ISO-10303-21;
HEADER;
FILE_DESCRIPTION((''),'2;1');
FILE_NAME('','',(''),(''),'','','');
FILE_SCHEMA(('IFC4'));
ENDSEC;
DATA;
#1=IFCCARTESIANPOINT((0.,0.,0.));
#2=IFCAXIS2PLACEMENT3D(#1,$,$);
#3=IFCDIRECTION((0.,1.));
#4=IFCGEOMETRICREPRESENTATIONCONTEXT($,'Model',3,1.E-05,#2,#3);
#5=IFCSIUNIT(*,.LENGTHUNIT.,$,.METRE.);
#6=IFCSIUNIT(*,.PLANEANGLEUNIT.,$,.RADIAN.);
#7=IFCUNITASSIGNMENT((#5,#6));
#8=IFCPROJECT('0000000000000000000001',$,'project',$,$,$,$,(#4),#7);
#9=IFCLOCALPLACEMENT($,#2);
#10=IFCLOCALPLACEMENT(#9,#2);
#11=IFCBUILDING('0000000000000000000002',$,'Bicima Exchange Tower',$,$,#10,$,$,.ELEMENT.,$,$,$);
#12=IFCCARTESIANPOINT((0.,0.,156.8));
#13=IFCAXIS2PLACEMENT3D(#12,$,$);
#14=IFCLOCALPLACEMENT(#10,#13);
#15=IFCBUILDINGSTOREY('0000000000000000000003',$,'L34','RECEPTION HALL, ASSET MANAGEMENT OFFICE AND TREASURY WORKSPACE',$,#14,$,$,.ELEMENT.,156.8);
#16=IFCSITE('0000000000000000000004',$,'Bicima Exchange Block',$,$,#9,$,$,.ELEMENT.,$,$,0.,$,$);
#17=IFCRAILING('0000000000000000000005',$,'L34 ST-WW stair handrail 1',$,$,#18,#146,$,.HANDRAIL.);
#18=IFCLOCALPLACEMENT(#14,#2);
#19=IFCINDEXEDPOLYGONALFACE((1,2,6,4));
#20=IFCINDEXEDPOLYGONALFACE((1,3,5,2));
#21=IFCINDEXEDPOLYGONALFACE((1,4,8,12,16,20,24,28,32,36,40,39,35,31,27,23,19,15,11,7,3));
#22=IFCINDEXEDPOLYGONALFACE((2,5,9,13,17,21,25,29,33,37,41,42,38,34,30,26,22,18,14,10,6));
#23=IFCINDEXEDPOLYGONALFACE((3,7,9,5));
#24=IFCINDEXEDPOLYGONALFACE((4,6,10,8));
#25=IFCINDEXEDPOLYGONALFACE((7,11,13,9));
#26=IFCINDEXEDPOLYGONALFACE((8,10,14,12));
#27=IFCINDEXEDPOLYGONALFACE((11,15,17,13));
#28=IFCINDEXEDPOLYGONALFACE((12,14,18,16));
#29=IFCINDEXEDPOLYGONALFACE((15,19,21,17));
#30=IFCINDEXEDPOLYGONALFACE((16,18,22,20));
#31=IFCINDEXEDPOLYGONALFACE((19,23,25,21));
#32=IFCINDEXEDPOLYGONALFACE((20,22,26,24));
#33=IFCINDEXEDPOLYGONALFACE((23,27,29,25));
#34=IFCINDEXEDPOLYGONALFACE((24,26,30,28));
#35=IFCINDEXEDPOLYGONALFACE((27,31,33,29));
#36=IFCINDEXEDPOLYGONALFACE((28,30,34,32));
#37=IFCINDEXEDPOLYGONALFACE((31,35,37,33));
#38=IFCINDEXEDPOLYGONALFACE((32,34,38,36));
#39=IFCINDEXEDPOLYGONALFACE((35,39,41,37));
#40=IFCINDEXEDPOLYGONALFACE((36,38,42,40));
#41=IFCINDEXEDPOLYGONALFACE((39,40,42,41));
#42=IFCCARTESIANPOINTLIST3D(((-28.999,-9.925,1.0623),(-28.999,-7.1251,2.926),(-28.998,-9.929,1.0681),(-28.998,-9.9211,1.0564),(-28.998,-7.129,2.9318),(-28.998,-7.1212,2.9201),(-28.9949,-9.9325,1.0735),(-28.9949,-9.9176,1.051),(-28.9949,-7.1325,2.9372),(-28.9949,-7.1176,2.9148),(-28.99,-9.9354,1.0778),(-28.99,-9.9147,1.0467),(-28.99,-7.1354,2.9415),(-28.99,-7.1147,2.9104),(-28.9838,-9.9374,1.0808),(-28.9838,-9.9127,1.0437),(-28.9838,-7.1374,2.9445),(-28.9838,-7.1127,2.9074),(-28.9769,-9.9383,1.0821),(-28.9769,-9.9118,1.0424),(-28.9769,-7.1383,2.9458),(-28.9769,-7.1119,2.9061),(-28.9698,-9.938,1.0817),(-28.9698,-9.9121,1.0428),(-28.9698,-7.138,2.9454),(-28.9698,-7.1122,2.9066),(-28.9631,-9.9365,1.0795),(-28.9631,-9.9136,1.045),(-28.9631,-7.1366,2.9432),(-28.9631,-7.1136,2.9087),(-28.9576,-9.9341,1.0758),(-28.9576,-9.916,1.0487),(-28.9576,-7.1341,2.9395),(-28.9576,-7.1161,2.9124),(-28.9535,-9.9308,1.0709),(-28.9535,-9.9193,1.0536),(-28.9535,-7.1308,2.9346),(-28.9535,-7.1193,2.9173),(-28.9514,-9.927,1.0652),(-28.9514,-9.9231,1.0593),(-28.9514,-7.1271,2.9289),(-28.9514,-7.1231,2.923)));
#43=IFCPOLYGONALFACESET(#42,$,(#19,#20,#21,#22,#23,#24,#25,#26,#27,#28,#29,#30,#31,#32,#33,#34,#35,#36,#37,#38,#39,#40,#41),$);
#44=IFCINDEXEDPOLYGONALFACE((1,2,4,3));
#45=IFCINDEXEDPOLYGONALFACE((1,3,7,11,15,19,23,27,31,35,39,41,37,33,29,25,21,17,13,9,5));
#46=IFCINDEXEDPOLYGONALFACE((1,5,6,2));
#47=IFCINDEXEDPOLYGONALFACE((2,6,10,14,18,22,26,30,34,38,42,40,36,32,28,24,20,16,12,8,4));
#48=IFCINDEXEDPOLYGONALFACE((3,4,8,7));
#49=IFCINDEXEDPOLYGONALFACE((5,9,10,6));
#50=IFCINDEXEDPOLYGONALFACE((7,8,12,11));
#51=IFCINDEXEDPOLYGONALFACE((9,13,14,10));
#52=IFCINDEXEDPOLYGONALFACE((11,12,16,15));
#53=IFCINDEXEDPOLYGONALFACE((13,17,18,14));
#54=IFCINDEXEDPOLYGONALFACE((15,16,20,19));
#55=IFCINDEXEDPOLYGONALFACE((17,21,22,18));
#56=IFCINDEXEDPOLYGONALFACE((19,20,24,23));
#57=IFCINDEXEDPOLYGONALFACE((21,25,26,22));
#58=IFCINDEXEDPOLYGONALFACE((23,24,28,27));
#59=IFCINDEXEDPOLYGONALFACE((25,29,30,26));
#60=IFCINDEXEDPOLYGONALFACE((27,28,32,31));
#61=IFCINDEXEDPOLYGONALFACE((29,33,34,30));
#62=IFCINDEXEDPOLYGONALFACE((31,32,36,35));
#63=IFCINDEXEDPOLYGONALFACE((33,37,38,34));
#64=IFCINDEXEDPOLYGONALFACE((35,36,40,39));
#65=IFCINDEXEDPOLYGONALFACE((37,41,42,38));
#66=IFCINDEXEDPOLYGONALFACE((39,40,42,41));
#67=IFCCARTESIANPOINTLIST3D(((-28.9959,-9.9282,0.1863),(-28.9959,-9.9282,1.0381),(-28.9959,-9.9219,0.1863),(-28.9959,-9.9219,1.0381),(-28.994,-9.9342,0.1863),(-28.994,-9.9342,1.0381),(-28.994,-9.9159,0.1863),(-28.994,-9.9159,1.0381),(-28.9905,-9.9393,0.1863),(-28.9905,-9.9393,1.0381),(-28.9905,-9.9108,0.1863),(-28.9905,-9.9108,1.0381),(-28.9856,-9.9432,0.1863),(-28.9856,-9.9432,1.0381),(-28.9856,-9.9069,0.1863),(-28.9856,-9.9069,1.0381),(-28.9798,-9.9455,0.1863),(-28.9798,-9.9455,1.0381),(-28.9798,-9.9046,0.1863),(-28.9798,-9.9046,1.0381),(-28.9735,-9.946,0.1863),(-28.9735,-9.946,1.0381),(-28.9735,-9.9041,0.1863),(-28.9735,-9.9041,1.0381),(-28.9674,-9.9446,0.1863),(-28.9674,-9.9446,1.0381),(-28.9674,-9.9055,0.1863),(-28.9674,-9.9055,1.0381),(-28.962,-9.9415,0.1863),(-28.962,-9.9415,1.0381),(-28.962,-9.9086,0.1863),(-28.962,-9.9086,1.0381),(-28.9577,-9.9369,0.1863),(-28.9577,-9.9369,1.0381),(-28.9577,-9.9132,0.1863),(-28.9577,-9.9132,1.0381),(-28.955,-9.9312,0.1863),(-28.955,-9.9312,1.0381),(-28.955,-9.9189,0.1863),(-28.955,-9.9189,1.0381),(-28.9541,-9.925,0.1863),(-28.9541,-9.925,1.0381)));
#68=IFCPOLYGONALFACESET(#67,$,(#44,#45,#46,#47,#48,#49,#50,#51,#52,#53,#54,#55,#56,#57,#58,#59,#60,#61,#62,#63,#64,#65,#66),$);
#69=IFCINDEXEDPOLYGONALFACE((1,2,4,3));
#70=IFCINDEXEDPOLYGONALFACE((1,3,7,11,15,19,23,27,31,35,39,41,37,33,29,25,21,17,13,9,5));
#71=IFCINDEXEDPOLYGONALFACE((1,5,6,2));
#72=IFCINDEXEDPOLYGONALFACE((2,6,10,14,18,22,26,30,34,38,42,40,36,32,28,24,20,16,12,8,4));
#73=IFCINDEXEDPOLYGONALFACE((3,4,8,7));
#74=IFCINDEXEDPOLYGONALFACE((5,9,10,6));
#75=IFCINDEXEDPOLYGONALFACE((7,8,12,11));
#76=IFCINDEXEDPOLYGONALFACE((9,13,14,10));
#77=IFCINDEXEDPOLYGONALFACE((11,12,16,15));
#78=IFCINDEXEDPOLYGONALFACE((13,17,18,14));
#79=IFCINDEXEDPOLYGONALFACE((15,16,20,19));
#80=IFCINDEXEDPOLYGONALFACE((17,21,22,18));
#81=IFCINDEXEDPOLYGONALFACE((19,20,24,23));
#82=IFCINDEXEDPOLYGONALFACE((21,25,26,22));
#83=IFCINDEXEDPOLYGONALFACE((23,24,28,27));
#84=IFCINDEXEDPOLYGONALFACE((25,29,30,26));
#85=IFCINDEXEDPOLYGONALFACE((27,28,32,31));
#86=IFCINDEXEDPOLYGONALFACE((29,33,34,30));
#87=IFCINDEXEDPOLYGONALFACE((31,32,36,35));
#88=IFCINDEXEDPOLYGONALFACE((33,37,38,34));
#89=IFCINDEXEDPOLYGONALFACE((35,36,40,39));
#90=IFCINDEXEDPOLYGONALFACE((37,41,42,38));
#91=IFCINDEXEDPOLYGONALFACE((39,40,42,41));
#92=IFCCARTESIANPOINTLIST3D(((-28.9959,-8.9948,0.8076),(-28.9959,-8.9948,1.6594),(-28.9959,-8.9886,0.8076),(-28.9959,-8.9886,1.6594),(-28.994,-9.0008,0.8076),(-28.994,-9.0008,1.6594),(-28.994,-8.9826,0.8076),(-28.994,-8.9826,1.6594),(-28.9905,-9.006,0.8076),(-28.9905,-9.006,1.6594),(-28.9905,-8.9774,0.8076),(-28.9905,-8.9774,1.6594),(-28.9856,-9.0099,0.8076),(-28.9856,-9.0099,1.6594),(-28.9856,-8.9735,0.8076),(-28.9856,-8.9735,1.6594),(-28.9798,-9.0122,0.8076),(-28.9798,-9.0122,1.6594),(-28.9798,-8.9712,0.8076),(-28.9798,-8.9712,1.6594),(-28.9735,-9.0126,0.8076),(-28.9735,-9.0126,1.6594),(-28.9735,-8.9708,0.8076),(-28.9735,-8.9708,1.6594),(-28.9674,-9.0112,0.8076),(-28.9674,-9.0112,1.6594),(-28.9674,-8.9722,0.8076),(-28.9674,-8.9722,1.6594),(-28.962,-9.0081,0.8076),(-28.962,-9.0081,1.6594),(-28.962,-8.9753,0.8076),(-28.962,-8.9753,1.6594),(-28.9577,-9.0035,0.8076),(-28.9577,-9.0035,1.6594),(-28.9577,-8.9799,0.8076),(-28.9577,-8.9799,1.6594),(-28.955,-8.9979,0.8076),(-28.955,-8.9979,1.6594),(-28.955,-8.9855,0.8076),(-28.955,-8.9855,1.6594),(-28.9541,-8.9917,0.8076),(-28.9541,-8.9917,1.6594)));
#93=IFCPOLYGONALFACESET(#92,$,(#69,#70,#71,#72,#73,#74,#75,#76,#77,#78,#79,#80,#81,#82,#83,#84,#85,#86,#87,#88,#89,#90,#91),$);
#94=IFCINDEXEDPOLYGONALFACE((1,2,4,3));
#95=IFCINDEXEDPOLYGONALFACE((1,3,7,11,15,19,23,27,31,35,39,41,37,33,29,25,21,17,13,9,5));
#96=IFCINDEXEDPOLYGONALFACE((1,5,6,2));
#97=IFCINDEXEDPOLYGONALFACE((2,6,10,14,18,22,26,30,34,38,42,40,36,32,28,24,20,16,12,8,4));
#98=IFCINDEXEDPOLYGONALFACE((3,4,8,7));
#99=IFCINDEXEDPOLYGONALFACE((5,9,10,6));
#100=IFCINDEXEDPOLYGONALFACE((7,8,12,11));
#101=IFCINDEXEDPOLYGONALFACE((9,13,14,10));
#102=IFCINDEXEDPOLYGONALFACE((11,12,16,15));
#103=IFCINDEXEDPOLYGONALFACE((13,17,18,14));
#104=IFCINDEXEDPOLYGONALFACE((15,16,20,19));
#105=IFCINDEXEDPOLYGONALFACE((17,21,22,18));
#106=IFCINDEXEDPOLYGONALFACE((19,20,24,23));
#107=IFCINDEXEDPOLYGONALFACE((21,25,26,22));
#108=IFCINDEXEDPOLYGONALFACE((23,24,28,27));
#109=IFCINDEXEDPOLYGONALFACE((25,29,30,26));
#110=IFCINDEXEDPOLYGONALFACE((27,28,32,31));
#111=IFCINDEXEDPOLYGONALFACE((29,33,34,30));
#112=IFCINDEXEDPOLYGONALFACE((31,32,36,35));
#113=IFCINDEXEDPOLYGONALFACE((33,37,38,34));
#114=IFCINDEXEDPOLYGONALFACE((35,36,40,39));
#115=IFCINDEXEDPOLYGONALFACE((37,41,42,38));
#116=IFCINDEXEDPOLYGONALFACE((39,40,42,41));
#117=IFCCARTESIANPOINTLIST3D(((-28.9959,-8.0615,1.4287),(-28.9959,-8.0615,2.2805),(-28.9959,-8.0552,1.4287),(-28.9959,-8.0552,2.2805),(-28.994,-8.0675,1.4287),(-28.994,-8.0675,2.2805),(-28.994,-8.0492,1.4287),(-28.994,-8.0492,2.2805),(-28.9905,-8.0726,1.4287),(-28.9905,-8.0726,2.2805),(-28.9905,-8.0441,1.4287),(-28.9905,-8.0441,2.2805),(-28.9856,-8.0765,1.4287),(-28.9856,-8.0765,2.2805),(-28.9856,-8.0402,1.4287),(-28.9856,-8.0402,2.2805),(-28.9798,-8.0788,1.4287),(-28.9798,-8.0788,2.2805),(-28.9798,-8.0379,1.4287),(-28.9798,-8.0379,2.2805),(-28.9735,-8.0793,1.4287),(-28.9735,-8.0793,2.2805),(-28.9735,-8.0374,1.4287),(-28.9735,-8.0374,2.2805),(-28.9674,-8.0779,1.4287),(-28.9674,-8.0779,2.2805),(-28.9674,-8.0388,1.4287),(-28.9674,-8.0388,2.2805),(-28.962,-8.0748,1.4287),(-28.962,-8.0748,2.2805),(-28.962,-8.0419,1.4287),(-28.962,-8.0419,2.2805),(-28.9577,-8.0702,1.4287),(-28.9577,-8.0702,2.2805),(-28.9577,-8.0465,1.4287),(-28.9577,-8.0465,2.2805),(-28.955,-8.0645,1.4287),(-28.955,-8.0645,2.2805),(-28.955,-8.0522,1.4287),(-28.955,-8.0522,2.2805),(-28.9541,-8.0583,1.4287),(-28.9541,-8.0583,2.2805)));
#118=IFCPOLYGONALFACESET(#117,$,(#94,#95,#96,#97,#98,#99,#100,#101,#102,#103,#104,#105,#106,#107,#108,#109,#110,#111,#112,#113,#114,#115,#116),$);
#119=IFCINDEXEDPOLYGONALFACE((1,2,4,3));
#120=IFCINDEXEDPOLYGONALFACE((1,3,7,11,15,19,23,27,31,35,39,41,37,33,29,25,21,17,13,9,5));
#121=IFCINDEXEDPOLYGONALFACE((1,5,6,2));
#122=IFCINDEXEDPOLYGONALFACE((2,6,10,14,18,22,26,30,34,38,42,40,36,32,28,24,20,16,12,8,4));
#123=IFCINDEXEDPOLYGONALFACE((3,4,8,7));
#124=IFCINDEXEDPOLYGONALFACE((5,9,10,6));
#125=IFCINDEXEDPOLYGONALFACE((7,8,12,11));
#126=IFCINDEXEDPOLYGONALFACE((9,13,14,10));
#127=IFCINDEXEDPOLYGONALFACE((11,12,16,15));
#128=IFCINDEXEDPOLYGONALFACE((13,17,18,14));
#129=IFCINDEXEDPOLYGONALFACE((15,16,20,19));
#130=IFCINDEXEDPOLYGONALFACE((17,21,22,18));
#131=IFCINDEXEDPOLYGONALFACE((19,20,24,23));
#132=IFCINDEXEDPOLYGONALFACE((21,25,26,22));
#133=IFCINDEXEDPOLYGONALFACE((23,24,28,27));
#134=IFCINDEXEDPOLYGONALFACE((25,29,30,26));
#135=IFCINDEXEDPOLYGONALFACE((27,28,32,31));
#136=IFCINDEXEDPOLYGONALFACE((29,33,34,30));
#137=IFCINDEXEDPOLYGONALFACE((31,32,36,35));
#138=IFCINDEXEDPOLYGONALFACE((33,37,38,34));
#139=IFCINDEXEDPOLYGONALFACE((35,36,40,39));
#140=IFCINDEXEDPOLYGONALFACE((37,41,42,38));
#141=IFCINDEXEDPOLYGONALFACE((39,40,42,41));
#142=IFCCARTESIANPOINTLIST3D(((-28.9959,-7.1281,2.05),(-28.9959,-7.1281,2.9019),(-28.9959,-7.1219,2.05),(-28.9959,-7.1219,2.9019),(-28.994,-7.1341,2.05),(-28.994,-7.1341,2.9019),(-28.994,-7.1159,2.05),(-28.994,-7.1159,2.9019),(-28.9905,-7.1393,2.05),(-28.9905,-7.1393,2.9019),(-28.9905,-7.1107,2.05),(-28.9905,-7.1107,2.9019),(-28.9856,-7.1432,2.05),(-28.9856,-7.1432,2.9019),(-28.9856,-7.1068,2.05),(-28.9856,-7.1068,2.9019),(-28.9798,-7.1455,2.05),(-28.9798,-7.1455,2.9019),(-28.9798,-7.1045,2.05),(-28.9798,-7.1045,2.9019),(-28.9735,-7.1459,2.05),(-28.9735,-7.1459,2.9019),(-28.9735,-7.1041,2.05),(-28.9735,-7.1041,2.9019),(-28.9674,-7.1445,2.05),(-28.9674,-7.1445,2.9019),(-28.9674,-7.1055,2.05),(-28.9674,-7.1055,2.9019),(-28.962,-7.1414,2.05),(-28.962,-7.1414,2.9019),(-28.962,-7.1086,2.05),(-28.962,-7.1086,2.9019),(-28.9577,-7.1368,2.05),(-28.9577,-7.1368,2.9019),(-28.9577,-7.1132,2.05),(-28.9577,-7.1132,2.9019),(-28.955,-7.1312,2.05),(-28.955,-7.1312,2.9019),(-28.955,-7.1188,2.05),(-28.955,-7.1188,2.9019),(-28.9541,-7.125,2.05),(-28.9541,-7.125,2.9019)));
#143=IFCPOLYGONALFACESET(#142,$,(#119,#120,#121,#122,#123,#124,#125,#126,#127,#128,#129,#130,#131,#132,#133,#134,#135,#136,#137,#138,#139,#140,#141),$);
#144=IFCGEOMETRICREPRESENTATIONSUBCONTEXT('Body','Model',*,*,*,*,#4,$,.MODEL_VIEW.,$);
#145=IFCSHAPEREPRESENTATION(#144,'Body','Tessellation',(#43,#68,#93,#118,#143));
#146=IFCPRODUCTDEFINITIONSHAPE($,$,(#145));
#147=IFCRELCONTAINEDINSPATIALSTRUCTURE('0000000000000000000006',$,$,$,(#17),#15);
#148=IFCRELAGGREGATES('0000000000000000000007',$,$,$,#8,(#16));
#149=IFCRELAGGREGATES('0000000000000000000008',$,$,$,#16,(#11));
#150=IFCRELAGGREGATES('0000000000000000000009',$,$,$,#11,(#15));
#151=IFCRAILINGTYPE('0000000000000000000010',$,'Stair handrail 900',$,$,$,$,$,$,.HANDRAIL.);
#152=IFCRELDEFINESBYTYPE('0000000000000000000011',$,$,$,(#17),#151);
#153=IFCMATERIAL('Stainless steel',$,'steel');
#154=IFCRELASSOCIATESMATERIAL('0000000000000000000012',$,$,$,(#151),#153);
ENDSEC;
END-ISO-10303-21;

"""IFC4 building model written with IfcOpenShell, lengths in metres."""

from ifc_helpers import new_model, si_unit, direction, frame, origin, origin_2d, place, context, subcontext, project, spatial, circle, extrude, material, type_object, element, save


model = new_model("IFC4")

# Units and contexts
model_context = context("Model", 3, precision=1e-05, world=origin(), true_north=direction((0.0, 1.0)))
body_context = subcontext(model_context, "Body", "Model", "MODEL_VIEW")
ifc_project = project(units=[si_unit("LENGTHUNIT", "METRE"), si_unit("PLANEANGLEUNIT", "RADIAN")], contexts=[model_context])

# Site, building, storey
site_placement = place(None, origin())
site = spatial("IfcSite", under=ifc_project, at=site_placement, Name="Bicima Exchange Block", CompositionType="ELEMENT", RefElevation=0.0)
building_placement = place(site_placement, origin())
building = spatial("IfcBuilding", under=site, at=building_placement, Name="Bicima Exchange Tower", CompositionType="ELEMENT")
storey_placement = place(building_placement, frame((0.0, 0.0, 156.8)))
storey = spatial("IfcBuildingStorey", under=building, at=storey_placement, Name="L34", Description="RECEPTION HALL, ASSET MANAGEMENT OFFICE AND TREASURY WORKSPACE", CompositionType="ELEMENT", Elevation=156.8)

# Railing
ifc_material_1 = material(Name="Stainless steel", Category="steel")
railing_type_1 = type_object("IfcRailingType", Name="Stair handrail 900", PredefinedType="HANDRAIL", material=ifc_material_1)
railing_1_placement = place(storey_placement, frame((-28.9751, -9.925, 0.1863)))
element("IfcRailing", 1, at=railing_1_placement, inside=storey, type_object=railing_type_1, Name="L34 ST-WW stair handrail 1", PredefinedType="HANDRAIL", context=body_context, shape_type="SweptSolid", body=[
    extrude(circle(Radius=0.0239, at=origin_2d()), frame((0.0, 0.0, 0.876), z_axis=(0.0, 0.832452, 0.554097), x_axis=(-1.0, 0.0, 0.0)), (0.0, 0.0, 1.0), 3.3635),
    extrude(circle(Radius=0.021, at=origin_2d()), origin(), (0.0, 0.0, 1.0), 0.8518),
    extrude(circle(Radius=0.021, at=origin_2d()), frame((0.0, 0.9333, 0.6213)), (0.0, 0.0, 1.0), 0.8518),
    extrude(circle(Radius=0.021, at=origin_2d()), frame((0.0, 1.8667, 1.2424)), (0.0, 0.0, 1.0), 0.8518),
    extrude(circle(Radius=0.021, at=origin_2d()), frame((0.0, 2.8, 1.8638)), (0.0, 0.0, 1.0), 0.8518),
])

save(model, "model.ifc")
